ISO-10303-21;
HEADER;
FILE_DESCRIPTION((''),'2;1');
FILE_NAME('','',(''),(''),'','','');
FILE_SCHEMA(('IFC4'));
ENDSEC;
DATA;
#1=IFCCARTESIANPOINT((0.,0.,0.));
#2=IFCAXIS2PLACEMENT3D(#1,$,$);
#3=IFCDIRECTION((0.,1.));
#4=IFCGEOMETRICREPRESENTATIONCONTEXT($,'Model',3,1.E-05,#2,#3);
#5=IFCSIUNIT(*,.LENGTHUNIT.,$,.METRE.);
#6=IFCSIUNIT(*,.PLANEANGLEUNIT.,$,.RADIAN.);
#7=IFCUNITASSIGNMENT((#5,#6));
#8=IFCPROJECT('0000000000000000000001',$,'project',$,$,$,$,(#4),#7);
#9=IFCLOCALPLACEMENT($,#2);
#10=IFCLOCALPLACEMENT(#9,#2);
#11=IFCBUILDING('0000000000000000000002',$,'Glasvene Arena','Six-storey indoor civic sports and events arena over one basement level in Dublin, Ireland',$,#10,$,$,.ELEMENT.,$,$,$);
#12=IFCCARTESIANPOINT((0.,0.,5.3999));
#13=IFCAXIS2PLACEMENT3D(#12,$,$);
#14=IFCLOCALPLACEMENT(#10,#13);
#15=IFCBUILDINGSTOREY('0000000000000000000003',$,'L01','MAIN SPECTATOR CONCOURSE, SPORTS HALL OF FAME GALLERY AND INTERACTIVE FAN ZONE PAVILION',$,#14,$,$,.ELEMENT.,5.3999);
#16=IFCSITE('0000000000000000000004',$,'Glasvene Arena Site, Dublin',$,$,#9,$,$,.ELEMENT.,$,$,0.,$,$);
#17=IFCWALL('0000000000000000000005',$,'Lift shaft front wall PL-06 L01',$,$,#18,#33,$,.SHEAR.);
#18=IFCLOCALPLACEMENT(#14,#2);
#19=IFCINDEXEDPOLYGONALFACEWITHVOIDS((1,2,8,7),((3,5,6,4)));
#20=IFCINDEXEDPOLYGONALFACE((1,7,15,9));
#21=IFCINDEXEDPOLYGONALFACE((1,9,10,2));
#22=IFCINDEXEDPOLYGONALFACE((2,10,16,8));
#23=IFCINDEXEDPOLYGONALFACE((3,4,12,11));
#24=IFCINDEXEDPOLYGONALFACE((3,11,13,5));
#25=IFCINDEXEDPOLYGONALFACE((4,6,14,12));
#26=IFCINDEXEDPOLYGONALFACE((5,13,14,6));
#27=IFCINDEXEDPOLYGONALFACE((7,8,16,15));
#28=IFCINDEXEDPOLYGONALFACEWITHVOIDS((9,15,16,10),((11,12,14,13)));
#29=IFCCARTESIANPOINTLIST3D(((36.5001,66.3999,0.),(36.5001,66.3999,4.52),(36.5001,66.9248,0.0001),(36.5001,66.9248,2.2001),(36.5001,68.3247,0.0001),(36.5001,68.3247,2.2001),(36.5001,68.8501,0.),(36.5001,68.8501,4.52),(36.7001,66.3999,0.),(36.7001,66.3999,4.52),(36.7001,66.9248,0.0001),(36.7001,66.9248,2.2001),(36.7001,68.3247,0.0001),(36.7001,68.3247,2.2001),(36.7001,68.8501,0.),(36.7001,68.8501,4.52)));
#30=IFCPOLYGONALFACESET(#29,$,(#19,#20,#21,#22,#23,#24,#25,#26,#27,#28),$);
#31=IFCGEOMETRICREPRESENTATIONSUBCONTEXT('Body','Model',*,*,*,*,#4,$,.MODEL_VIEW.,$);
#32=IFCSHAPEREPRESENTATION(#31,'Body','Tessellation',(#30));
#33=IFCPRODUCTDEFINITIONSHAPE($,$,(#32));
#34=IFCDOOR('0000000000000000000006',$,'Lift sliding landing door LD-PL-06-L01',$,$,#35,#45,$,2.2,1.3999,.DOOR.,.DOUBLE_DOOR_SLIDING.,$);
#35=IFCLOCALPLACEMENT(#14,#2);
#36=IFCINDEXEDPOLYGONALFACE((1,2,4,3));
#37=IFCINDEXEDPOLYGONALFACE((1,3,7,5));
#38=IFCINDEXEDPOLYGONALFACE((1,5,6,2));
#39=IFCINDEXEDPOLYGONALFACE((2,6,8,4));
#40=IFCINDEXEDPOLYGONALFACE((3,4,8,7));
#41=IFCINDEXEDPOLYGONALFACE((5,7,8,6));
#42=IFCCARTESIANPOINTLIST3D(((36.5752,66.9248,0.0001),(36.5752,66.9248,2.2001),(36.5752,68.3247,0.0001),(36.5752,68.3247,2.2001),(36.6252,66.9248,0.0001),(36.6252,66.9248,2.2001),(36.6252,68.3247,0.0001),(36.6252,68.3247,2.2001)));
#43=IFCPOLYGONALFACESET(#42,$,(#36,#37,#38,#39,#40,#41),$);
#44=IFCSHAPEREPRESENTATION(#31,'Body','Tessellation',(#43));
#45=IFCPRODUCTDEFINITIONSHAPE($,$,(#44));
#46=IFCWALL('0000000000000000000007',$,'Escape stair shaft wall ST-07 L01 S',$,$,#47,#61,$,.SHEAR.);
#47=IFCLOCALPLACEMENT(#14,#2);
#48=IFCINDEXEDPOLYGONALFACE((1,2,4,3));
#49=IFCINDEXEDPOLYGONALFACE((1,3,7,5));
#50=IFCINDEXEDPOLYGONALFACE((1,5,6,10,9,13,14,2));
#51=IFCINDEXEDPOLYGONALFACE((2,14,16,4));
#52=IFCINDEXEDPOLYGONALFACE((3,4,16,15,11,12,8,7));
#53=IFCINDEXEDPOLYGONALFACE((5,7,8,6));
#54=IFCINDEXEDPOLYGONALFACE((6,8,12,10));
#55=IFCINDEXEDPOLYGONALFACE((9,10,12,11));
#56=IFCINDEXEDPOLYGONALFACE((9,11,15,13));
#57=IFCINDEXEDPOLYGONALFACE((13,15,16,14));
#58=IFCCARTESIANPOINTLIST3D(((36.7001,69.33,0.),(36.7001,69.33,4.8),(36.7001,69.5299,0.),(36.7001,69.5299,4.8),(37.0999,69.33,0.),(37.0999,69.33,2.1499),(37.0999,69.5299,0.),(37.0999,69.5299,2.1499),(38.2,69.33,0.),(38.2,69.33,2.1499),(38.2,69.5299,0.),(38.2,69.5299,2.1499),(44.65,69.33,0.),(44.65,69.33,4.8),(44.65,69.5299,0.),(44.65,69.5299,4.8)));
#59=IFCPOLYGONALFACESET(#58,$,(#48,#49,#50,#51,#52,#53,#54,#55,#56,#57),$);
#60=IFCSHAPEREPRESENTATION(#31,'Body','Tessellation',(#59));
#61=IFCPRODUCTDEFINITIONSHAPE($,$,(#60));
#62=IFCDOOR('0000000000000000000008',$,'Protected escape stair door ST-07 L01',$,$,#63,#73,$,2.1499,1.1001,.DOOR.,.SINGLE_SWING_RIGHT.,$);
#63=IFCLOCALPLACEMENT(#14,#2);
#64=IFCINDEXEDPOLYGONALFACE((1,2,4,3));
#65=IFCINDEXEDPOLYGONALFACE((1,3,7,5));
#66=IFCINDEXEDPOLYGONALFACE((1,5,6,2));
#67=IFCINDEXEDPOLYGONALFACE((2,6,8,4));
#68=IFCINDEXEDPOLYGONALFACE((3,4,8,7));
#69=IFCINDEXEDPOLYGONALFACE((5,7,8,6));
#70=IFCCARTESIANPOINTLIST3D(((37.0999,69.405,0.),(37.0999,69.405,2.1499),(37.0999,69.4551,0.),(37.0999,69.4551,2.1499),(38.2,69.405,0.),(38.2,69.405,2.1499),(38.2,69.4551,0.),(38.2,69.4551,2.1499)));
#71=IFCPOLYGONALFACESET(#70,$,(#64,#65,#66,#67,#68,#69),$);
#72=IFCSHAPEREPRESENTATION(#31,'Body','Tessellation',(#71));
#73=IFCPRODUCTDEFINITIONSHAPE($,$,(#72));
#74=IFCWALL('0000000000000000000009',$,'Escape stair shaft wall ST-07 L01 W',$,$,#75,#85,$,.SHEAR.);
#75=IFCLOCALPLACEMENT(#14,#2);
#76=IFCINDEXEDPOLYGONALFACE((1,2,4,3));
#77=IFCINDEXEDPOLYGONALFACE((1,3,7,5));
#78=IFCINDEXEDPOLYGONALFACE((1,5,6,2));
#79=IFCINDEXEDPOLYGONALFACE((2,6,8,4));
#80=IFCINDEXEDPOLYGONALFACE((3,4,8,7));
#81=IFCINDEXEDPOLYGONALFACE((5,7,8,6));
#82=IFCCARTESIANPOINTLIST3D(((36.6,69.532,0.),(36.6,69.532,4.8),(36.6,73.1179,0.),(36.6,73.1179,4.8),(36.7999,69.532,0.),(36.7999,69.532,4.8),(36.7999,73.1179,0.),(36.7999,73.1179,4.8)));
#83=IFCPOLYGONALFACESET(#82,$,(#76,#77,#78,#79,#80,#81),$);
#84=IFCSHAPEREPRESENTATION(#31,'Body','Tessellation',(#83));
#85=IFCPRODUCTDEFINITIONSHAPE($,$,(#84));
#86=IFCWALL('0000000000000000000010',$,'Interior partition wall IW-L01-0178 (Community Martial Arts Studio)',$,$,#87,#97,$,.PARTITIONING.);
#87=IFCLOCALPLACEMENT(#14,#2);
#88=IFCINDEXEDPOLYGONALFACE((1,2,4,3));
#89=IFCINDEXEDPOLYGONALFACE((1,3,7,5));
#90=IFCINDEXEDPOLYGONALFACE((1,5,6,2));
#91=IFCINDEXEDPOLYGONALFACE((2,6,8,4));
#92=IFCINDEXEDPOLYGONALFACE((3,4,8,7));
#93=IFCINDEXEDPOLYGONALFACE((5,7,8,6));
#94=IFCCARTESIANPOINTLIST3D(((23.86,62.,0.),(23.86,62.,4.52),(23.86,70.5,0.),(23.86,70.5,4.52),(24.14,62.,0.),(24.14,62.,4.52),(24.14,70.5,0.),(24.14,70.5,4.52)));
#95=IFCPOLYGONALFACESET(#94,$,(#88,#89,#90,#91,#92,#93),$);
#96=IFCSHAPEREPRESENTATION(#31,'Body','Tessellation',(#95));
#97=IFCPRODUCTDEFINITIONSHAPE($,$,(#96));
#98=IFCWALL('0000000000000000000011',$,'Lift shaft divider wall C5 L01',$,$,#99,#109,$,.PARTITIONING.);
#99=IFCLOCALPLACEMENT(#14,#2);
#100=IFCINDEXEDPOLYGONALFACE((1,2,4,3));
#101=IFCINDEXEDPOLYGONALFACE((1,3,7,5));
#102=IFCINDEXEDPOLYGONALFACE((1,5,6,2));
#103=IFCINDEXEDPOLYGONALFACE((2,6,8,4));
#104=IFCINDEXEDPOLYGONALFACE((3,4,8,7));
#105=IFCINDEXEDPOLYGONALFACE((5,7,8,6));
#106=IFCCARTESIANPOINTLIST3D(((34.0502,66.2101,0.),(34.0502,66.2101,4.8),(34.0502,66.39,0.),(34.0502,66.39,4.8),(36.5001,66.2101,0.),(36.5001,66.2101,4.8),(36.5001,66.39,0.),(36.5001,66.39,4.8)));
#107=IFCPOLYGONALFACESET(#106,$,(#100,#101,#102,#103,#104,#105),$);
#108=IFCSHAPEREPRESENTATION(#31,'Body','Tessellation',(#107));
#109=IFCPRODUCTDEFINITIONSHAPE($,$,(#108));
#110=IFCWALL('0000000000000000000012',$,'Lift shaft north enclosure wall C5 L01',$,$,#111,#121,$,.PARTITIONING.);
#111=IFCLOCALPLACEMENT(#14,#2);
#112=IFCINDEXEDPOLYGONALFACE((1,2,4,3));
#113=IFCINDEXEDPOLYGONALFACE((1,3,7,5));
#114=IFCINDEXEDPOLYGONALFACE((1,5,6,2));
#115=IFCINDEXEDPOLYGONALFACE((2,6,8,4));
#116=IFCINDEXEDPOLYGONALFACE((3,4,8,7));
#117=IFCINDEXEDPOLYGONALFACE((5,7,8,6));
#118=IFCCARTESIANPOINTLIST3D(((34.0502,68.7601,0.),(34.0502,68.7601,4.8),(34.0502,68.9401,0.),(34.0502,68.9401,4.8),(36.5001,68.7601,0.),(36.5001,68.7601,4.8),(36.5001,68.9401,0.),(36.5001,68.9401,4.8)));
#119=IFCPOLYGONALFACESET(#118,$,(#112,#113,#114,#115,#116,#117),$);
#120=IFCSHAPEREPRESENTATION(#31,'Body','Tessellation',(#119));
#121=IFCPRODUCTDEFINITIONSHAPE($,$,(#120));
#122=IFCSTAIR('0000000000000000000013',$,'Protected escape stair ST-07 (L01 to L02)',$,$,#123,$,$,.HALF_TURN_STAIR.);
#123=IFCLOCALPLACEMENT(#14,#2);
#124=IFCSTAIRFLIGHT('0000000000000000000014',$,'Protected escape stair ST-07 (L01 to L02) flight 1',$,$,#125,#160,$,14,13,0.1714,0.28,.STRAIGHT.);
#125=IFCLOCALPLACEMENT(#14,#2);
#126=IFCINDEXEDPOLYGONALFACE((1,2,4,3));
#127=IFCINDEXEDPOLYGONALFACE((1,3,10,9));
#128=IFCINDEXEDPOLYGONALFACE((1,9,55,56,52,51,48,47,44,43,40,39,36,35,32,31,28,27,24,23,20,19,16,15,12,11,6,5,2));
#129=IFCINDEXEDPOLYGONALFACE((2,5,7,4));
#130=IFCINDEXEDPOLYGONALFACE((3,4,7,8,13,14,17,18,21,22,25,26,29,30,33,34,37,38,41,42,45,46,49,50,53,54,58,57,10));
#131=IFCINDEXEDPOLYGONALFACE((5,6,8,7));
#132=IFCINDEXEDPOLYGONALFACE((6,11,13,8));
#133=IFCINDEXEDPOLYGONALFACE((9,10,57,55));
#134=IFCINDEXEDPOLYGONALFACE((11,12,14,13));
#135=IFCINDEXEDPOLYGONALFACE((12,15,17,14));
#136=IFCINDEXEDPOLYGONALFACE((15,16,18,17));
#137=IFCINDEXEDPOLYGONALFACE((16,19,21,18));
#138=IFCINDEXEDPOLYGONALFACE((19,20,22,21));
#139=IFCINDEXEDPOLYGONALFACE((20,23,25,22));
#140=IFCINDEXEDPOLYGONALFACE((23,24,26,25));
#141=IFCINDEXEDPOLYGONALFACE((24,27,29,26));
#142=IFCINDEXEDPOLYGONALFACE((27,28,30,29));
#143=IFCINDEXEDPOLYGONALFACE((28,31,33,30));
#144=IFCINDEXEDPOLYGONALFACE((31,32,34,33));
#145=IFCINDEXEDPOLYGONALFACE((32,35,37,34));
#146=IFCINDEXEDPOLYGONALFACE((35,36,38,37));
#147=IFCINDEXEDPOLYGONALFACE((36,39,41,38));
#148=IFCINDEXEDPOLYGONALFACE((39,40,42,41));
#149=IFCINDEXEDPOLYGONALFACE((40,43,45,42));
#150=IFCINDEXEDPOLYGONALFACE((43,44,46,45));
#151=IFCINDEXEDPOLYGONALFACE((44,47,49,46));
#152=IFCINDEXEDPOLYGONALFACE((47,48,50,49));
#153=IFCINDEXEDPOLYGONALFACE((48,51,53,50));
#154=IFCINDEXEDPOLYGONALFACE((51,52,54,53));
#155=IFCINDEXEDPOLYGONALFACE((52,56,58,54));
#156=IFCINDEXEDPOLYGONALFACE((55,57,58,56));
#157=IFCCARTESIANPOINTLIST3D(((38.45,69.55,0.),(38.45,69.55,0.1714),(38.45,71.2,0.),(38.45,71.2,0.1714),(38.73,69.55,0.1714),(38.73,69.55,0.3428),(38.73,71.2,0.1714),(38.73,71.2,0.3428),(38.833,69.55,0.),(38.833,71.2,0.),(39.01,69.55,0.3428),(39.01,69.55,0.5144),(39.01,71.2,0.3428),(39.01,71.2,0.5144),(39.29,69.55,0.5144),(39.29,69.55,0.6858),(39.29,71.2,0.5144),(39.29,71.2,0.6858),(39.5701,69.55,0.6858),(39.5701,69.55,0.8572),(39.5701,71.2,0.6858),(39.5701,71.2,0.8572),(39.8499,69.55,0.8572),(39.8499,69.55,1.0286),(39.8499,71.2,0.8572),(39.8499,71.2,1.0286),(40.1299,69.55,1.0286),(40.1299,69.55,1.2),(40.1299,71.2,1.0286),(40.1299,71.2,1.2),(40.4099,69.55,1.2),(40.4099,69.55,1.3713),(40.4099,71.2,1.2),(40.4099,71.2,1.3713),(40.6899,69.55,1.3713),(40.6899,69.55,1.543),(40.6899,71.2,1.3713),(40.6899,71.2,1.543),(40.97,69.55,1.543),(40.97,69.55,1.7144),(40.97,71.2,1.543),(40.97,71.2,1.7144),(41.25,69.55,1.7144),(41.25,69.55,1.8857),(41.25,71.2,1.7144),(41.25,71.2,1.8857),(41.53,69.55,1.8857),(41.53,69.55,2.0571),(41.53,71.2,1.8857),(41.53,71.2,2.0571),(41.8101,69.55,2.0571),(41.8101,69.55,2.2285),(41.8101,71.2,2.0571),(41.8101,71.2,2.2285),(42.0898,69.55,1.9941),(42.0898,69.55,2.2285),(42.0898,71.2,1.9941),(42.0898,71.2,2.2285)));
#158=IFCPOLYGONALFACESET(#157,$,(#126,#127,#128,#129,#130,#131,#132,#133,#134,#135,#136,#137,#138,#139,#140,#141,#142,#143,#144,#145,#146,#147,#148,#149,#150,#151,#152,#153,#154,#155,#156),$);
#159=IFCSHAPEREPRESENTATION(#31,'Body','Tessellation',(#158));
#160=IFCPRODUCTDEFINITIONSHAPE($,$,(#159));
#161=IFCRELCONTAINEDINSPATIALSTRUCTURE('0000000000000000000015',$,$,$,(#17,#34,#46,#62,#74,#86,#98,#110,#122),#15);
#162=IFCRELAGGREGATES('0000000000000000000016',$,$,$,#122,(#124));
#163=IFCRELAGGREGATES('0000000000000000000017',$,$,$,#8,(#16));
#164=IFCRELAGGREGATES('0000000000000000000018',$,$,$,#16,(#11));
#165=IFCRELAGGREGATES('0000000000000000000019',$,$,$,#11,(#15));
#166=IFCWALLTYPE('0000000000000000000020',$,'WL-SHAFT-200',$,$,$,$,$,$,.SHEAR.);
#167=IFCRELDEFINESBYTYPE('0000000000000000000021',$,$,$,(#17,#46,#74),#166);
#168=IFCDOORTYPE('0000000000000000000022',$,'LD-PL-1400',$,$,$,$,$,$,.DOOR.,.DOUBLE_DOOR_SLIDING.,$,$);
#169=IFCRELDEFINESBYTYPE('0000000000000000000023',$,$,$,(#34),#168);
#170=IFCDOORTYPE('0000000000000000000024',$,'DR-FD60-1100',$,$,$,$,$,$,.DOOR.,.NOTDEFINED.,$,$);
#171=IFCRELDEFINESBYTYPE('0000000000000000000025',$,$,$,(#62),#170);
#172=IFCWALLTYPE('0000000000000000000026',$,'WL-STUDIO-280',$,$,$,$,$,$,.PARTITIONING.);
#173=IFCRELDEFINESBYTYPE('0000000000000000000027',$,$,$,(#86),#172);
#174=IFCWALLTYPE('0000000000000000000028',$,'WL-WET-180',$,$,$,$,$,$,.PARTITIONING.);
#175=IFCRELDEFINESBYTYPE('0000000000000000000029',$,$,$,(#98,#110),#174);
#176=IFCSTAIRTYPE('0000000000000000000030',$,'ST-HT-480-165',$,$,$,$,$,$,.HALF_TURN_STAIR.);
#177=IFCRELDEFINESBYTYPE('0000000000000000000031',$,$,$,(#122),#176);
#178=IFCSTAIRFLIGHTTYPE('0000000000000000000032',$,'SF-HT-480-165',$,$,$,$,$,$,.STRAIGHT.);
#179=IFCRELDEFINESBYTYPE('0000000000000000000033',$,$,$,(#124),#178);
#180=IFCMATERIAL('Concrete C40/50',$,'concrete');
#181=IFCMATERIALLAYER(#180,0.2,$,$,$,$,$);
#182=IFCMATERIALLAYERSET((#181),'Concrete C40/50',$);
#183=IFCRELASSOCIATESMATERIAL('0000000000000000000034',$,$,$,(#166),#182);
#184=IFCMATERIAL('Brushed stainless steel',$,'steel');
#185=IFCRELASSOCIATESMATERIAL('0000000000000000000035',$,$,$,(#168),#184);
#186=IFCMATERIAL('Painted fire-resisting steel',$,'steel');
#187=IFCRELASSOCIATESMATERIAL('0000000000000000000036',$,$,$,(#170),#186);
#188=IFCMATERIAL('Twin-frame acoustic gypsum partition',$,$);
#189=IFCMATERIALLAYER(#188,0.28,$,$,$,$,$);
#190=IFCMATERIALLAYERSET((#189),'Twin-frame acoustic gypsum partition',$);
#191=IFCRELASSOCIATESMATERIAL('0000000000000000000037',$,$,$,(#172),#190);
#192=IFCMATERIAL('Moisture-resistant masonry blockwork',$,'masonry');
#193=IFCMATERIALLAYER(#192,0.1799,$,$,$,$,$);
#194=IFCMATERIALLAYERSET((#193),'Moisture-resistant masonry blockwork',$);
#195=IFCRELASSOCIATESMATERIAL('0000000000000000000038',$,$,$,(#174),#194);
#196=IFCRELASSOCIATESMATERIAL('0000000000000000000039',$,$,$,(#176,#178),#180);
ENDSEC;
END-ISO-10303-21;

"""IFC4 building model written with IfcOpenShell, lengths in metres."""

from ifc_helpers import new_model, si_unit, direction, frame, frame_2d, origin, place, context, subcontext, project, spatial, polyline, rectangle, outline, extrude, material, layer, layer_set, type_object, element, fill, aggregate, save


model = new_model("IFC4")

# Units and contexts
model_context = context("Model", 3, precision=1e-05, world=origin(), true_north=direction((0.0, 1.0)))
body_context = subcontext(model_context, "Body", "Model", "MODEL_VIEW")
ifc_project = project(units=[si_unit("LENGTHUNIT", "METRE"), si_unit("PLANEANGLEUNIT", "RADIAN")], contexts=[model_context])

# Site, building, storey
site_placement = place(None, origin())
site = spatial("IfcSite", under=ifc_project, at=site_placement, Name="Glasvene Arena Site, Dublin", CompositionType="ELEMENT", RefElevation=0.0)
building_placement = place(site_placement, origin())
building = spatial("IfcBuilding", under=site, at=building_placement, Name="Glasvene Arena", Description="Six-storey indoor civic sports and events arena over one basement level in Dublin, Ireland", CompositionType="ELEMENT")
storey_placement = place(building_placement, frame((0.0, 0.0, 5.3999)))
storey = spatial("IfcBuildingStorey", under=building, at=storey_placement, Name="L01", Description="MAIN SPECTATOR CONCOURSE, SPORTS HALL OF FAME GALLERY AND INTERACTIVE FAN ZONE PAVILION", CompositionType="ELEMENT", Elevation=5.3999)

# Shared definitions
ifc_material_1 = material(Name="Concrete C40/50", Category="concrete")

# Walls, openings, doors
ifc_layer_1 = layer(ifc_material_1, 0.2)
ifc_layer_set_1 = layer_set([ifc_layer_1], Name="Concrete C40/50")
wall_type_1 = type_object("IfcWallType", Name="WL-SHAFT-200", PredefinedType="SHEAR", material=ifc_layer_set_1)
ifc_material_2 = material(Name="Brushed stainless steel", Category="steel")
door_type_1 = type_object("IfcDoorType", Name="LD-PL-1400", OperationType="DOUBLE_DOOR_SLIDING", PredefinedType="DOOR", material=ifc_material_2)
wall_1_placement = place(storey_placement, frame((36.6001, 66.3999, 0.0), z_axis=(0.0, 0.0, 1.0), x_axis=(0.0, 1.0, 0.0)))
wall_1 = element("IfcWall", 1, at=wall_1_placement, inside=storey, type_object=wall_type_1, Name="Lift shaft front wall PL-06 L01", PredefinedType="SHEAR", context=body_context, shape_type="SweptSolid", body=[
    extrude(rectangle(XDim=2.4502, YDim=0.2, at=frame_2d((1.2251, 0.0))), origin(), (0.0, 0.0, 1.0), 4.52),
])
opening_1_placement = place(wall_1_placement, frame((0.5249, 0.0, 0.0)))
opening_1 = element("IfcOpeningElement", 2, at=opening_1_placement, cuts=wall_1, PredefinedType="OPENING", context=body_context, shape_type="SweptSolid", body=[
    extrude(rectangle(XDim=1.3999, YDim=2.2, at=frame_2d((0.7, 1.1001))), frame((0.0, 0.1099, 0.0), z_axis=(0.0, -1.0, 0.0), x_axis=(1.0, 0.0, 0.0)), (0.0, 0.0, 1.0), 0.22),
])
door_1_placement = place(opening_1_placement, origin())
door_1 = element("IfcDoor", 3, at=door_1_placement, inside=storey, type_object=door_type_1, Name="Lift sliding landing door LD-PL-06-L01", OperationType="DOUBLE_DOOR_SLIDING", OverallHeight=2.2, OverallWidth=1.3999, PredefinedType="DOOR", context=body_context, shape_type="SweptSolid", body=[
    extrude(rectangle(XDim=1.3999, YDim=2.2, at=frame_2d((0.7, 1.1001))), frame((0.0, 0.0249, 0.0), z_axis=(0.0, -1.0, 0.0), x_axis=(1.0, 0.0, 0.0)), (0.0, 0.0, 1.0), 0.05),
])
fill(opening_1, door_1)
wall_2_placement = place(storey_placement, frame((36.7, 69.4299, 0.0), z_axis=(0.0, 0.0, 1.0), x_axis=(1.0, 0.0, 0.0)))
wall_2 = element("IfcWall", 4, at=wall_2_placement, inside=storey, type_object=wall_type_1, Name="Escape stair shaft wall ST-07 L01 S", PredefinedType="SHEAR", context=body_context, shape_type="SweptSolid", body=[
    extrude(rectangle(XDim=7.95, YDim=0.2, at=frame_2d((3.9751, 0.0))), origin(), (0.0, 0.0, 1.0), 4.8),
])
opening_2_placement = place(wall_2_placement, frame((0.3999, 0.0, 0.0)))
opening_2 = element("IfcOpeningElement", 5, at=opening_2_placement, cuts=wall_2, PredefinedType="OPENING", context=body_context, shape_type="SweptSolid", body=[
    extrude(rectangle(XDim=1.1001, YDim=2.1499, at=frame_2d((0.55, 1.075))), frame((0.0, 0.1099, 0.0), z_axis=(0.0, -1.0, 0.0), x_axis=(1.0, 0.0, 0.0)), (0.0, 0.0, 1.0), 0.22),
])
ifc_material_3 = material(Name="Painted fire-resisting steel", Category="steel")
door_type_2 = type_object("IfcDoorType", Name="DR-FD60-1100", OperationType="NOTDEFINED", PredefinedType="DOOR", material=ifc_material_3)
door_2_placement = place(opening_2_placement, frame((1.1001, 0.0, 0.0), z_axis=(0.0, 0.0, 1.0), x_axis=(-1.0, 0.0, 0.0)))
door_2 = element("IfcDoor", 6, at=door_2_placement, inside=storey, type_object=door_type_2, Name="Protected escape stair door ST-07 L01", OperationType="SINGLE_SWING_RIGHT", OverallHeight=2.1499, OverallWidth=1.1001, PredefinedType="DOOR", context=body_context, shape_type="SweptSolid", body=[
    extrude(rectangle(XDim=1.1001, YDim=2.1499, at=frame_2d((0.55, 1.075))), frame((0.0, 0.0249, 0.0), z_axis=(0.0, -1.0, 0.0), x_axis=(1.0, 0.0, 0.0)), (0.0, 0.0, 1.0), 0.05),
])
fill(opening_2, door_2)

# Walls
wall_3_placement = place(storey_placement, frame((36.7, 69.532, 0.0), z_axis=(0.0, 0.0, 1.0), x_axis=(0.0, 1.0, 0.0)))
element("IfcWall", 7, at=wall_3_placement, inside=storey, type_object=wall_type_1, Name="Escape stair shaft wall ST-07 L01 W", PredefinedType="SHEAR", context=body_context, shape_type="SweptSolid", body=[
    extrude(rectangle(XDim=3.5859, YDim=0.2, at=frame_2d((1.793, 0.0))), origin(), (0.0, 0.0, 1.0), 4.8),
])
ifc_material_4 = material(Name="Twin-frame acoustic gypsum partition")
ifc_layer_2 = layer(ifc_material_4, 0.28)
ifc_layer_set_2 = layer_set([ifc_layer_2], Name="Twin-frame acoustic gypsum partition")
wall_type_2 = type_object("IfcWallType", Name="WL-STUDIO-280", PredefinedType="PARTITIONING", material=ifc_layer_set_2)
wall_4_placement = place(storey_placement, frame((24.0, 70.5, 0.0), z_axis=(0.0, 0.0, 1.0), x_axis=(0.0, -1.0, 0.0)))
element("IfcWall", 8, at=wall_4_placement, inside=storey, type_object=wall_type_2, Name="Interior partition wall IW-L01-0178 (Community Martial Arts Studio)", PredefinedType="PARTITIONING", context=body_context, shape_type="SweptSolid", body=[
    extrude(rectangle(XDim=8.5, YDim=0.28, at=frame_2d((4.25, 0.0))), origin(), (0.0, 0.0, 1.0), 4.52),
])
ifc_material_5 = material(Name="Moisture-resistant masonry blockwork", Category="masonry")
ifc_layer_3 = layer(ifc_material_5, 0.1799)
ifc_layer_set_3 = layer_set([ifc_layer_3], Name="Moisture-resistant masonry blockwork")
wall_type_3 = type_object("IfcWallType", Name="WL-WET-180", PredefinedType="PARTITIONING", material=ifc_layer_set_3)
for number, where, z_axis, x_axis, name in (
    (9, (34.05, 66.3, 0.0), (0.0, 0.0, 1.0), (1.0, 0.0, 0.0), "Lift shaft divider wall C5 L01"),
    (10, (34.05, 68.8501, 0.0), (0.0, 0.0, 1.0), (1.0, 0.0, 0.0), "Lift shaft north enclosure wall C5 L01"),
):
    element("IfcWall", number, at=place(storey_placement, frame(where, z_axis=z_axis, x_axis=x_axis)), inside=storey, type_object=wall_type_3, Name=name, PredefinedType="PARTITIONING", context=body_context, shape_type="SweptSolid", body=[
        extrude(rectangle(XDim=2.45, YDim=0.1799, at=frame_2d((1.2251, 0.0))), origin(), (0.0, 0.0, 1.0), 4.8),
    ])

# Stair, stair flight
stair_type = type_object("IfcStairType", Name="ST-HT-480-165", PredefinedType="HALF_TURN_STAIR", material=ifc_material_1)
stair_placement = place(storey_placement, origin())
stair = element("IfcStair", 11, at=stair_placement, inside=storey, type_object=stair_type, Name="Protected escape stair ST-07 (L01 to L02)", PredefinedType="HALF_TURN_STAIR")
stair_flight_type = type_object("IfcStairFlightType", Name="SF-HT-480-165", PredefinedType="STRAIGHT", material=ifc_material_1)
stair_flight_placement = place(storey_placement, frame((38.45, 70.375, 0.0), z_axis=(0.0, 0.0, 1.0), x_axis=(1.0, 0.0, 0.0)))
stair_flight = element("IfcStairFlight", 12, at=stair_flight_placement, type_object=stair_flight_type, Name="Protected escape stair ST-07 (L01 to L02) flight 1", NumberOfRisers=14, NumberOfTreads=13, PredefinedType="STRAIGHT", RiserHeight=0.1714, TreadLength=0.28, context=body_context, shape_type="SweptSolid", body=[
    extrude(outline(polyline([(0.0, 0.0), (0.0, 0.1714), (0.28, 0.1714), (0.28, 0.3428), (0.5601, 0.3428), (0.5601, 0.5144), (0.8401, 0.5144), (0.8401, 0.6858), (1.1201, 0.6858), (1.1201, 0.8572), (1.3999, 0.8572), (1.3999, 1.0286), (1.6799, 1.0286), (1.6799, 1.2), (1.96, 1.2), (1.96, 1.3713), (2.24, 1.3713), (2.24, 1.543), (2.52, 1.543), (2.52, 1.7144), (2.8, 1.7144), (2.8, 1.8857), (3.0801, 1.8857), (3.0801, 2.0571), (3.3601, 2.0571), (3.3601, 2.2285), (3.6399, 2.2285), (3.6399, 2.3999), (3.6399, 1.9941), (0.3831, 0.0), (0.0, 0.0)])), frame((0.0, 0.825, 0.0), z_axis=(0.0, -1.0, 0.0), x_axis=(1.0, 0.0, 0.0)), (0.0, 0.0, 1.0), 1.6499),
])
aggregate(stair, [stair_flight])

save(model, "model.ifc")
